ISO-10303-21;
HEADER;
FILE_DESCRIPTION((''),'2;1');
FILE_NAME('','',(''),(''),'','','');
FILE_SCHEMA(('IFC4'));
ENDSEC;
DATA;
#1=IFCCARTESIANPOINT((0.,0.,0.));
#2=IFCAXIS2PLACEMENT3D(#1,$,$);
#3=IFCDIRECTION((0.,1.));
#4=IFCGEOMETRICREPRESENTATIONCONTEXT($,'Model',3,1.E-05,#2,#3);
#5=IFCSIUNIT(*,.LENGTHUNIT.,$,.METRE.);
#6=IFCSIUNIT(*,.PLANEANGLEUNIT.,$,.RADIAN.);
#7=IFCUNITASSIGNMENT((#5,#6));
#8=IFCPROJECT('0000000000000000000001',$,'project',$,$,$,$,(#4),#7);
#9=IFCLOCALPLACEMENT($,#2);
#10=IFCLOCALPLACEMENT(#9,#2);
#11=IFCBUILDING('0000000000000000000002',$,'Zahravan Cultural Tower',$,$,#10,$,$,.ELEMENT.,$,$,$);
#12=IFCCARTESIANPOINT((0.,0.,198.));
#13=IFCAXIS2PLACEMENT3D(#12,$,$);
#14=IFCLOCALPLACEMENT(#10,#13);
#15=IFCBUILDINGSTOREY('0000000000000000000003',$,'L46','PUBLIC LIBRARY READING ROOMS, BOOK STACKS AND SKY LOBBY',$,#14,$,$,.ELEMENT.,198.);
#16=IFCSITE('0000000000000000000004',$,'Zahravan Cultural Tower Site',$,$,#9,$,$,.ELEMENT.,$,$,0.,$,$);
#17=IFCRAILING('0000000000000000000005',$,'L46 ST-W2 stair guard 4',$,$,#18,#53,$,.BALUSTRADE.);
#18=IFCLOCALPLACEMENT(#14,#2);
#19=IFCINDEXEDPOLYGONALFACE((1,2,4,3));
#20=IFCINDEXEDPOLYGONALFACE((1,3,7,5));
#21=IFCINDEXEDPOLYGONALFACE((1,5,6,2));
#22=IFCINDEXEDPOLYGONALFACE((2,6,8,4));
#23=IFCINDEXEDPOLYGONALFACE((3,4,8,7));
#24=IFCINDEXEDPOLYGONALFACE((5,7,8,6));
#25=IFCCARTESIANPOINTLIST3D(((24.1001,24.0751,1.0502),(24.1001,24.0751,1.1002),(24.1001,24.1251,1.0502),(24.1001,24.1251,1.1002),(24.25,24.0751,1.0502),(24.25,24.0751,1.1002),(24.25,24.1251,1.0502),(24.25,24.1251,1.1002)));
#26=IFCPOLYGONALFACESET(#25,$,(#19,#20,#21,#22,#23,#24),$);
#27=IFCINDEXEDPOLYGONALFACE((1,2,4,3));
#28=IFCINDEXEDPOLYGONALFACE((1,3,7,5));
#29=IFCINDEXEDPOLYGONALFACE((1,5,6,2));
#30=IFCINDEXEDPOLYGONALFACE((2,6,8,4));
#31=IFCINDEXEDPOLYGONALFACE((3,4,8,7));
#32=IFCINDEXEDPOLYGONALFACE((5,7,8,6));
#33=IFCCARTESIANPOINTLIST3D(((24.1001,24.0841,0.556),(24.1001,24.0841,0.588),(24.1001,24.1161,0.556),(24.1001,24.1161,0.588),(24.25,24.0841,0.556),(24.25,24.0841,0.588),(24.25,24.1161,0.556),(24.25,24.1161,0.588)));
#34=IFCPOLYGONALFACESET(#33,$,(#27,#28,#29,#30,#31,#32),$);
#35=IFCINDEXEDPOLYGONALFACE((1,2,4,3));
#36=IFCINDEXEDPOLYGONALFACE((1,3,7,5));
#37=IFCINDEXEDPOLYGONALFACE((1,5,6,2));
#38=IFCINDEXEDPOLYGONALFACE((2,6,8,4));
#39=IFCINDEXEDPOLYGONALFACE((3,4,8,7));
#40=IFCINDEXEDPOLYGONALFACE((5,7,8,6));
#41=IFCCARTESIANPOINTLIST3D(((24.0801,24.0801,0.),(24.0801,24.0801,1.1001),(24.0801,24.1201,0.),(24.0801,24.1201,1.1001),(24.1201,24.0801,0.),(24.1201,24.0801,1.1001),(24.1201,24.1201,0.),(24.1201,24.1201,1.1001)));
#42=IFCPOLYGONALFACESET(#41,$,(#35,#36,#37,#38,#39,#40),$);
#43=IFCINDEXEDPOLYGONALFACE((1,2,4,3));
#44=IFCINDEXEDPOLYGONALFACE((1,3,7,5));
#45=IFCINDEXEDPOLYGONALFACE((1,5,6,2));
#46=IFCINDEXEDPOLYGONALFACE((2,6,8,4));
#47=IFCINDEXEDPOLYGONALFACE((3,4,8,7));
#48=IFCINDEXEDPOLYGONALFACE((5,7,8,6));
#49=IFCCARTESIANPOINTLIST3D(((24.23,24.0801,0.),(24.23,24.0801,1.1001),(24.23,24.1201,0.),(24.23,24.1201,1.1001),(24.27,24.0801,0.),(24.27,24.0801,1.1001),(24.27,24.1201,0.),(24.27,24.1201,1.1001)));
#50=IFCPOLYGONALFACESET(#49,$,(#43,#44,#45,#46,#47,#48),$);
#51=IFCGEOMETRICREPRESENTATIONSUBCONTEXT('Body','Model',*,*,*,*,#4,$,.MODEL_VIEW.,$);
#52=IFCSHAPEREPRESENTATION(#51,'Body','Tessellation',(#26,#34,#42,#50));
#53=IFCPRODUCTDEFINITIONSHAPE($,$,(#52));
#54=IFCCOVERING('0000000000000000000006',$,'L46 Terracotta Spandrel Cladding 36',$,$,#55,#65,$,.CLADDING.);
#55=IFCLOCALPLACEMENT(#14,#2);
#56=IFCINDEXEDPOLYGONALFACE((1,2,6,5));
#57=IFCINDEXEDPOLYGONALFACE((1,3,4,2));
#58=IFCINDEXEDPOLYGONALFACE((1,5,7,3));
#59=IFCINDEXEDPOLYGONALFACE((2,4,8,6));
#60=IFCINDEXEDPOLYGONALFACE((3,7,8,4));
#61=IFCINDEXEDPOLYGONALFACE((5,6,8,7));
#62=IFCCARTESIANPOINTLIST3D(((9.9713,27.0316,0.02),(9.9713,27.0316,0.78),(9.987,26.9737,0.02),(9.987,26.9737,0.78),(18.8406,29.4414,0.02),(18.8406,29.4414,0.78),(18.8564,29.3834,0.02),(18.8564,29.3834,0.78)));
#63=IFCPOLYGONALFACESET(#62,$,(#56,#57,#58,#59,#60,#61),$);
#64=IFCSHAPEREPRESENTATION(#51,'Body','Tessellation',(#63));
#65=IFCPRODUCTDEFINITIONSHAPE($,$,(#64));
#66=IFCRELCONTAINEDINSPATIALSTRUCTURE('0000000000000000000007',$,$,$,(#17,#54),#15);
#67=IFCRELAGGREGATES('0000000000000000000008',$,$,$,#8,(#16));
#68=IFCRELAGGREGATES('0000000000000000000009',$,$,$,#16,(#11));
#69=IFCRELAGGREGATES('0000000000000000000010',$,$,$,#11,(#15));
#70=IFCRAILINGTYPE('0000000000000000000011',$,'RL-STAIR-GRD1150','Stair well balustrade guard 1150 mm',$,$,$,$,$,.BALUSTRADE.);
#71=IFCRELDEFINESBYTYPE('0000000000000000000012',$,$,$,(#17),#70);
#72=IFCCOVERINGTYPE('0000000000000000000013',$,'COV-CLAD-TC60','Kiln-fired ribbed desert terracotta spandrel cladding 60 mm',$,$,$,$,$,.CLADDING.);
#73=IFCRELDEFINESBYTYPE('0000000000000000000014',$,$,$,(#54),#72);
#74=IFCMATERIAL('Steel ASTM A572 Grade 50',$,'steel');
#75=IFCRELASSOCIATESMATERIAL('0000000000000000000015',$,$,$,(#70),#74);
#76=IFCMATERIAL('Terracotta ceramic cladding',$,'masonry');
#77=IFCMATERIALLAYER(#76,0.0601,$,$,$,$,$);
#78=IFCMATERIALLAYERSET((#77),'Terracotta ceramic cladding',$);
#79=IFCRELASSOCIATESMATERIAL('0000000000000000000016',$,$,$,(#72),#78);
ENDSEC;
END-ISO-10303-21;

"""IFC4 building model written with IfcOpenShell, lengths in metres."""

from ifc_helpers import new_model, si_unit, direction, frame, origin, origin_2d, place, context, subcontext, project, spatial, rectangle, extrude, source, transform, mapped, material, layer, layer_set, type_object, element, save


model = new_model("IFC4")

# Units and contexts
model_context = context("Model", 3, precision=1e-05, world=origin(), true_north=direction((0.0, 1.0)))
body_context = subcontext(model_context, "Body", "Model", "MODEL_VIEW")
ifc_project = project(units=[si_unit("LENGTHUNIT", "METRE"), si_unit("PLANEANGLEUNIT", "RADIAN")], contexts=[model_context])

# Site, building, storey
site_placement = place(None, origin())
site = spatial("IfcSite", under=ifc_project, at=site_placement, Name="Zahravan Cultural Tower Site", CompositionType="ELEMENT", RefElevation=0.0)
building_placement = place(site_placement, origin())
building = spatial("IfcBuilding", under=site, at=building_placement, Name="Zahravan Cultural Tower", CompositionType="ELEMENT")
storey_placement = place(building_placement, frame((0.0, 0.0, 198.0)))
storey = spatial("IfcBuildingStorey", under=building, at=storey_placement, Name="L46", Description="PUBLIC LIBRARY READING ROOMS, BOOK STACKS AND SKY LOBBY", CompositionType="ELEMENT", Elevation=198.0)

# Railing
ifc_material_1 = material(Name="Steel ASTM A572 Grade 50", Category="steel")
railing_type = type_object("IfcRailingType", Name="RL-STAIR-GRD1150", Description="Stair well balustrade guard 1150 mm", PredefinedType="BALUSTRADE", material=ifc_material_1)
railing_1_placement = place(storey_placement, frame((24.1001, 24.1001, 0.0)))
element("IfcRailing", 1, at=railing_1_placement, inside=storey, type_object=railing_type, Name="L46 ST-W2 stair guard 4", PredefinedType="BALUSTRADE", context=body_context, shape_type="SweptSolid", body=[
    extrude(rectangle(XDim=0.05, YDim=0.05, at=origin_2d()), frame((0.0, 0.0, 1.0752), z_axis=(1.0, 0.0, 0.0), x_axis=(0.0, 1.0, 0.0)), (0.0, 0.0, 1.0), 0.1499),
    extrude(rectangle(XDim=0.032, YDim=0.032, at=origin_2d()), frame((0.0, 0.0, 0.572), z_axis=(1.0, 0.0, 0.0), x_axis=(0.0, 1.0, 0.0)), (0.0, 0.0, 1.0), 0.1499),
    extrude(rectangle(XDim=0.04, YDim=0.04, at=origin_2d()), origin(), (0.0, 0.0, 1.0), 1.1001),
    extrude(rectangle(XDim=0.04, YDim=0.04, at=origin_2d()), frame((0.1499, 0.0, 0.0)), (0.0, 0.0, 1.0), 1.1001),
])

# Covering
ifc_material_2 = material(Name="Terracotta ceramic cladding", Category="masonry")
ifc_layer_1 = layer(ifc_material_2, 0.0601)
ifc_layer_set_1 = layer_set([ifc_layer_1], Name="Terracotta ceramic cladding")
covering_type = type_object("IfcCoveringType", Name="COV-CLAD-TC60", Description="Kiln-fired ribbed desert terracotta spandrel cladding 60 mm", PredefinedType="CLADDING", material=ifc_layer_set_1)
shared_shape_1 = source(origin(), body_context, "Body", "SweptSolid", [
    extrude(rectangle(XDim=9.1909, YDim=0.0601, at=origin_2d()), origin(), (0.0, 0.0, 1.0), 0.76),
])
covering_placement = place(storey_placement, frame((14.4138, 28.2075, 0.02), z_axis=(0.0, 0.0, 1.0), x_axis=(0.965016, 0.262189, 0.0)))
element("IfcCovering", 2, at=covering_placement, inside=storey, type_object=covering_type, Name="L46 Terracotta Spandrel Cladding 36", PredefinedType="CLADDING", context=body_context, shape_type="MappedRepresentation", body=[
    mapped(shared_shape_1, transform((0.0, 0.0, 0.0), x_axis=(1.0, 0.0, 0.0), y_axis=(0.0, 1.0, 0.0), z_axis=(0.0, 0.0, 1.0), scale=1.0)),
])

save(model, "model.ifc")
